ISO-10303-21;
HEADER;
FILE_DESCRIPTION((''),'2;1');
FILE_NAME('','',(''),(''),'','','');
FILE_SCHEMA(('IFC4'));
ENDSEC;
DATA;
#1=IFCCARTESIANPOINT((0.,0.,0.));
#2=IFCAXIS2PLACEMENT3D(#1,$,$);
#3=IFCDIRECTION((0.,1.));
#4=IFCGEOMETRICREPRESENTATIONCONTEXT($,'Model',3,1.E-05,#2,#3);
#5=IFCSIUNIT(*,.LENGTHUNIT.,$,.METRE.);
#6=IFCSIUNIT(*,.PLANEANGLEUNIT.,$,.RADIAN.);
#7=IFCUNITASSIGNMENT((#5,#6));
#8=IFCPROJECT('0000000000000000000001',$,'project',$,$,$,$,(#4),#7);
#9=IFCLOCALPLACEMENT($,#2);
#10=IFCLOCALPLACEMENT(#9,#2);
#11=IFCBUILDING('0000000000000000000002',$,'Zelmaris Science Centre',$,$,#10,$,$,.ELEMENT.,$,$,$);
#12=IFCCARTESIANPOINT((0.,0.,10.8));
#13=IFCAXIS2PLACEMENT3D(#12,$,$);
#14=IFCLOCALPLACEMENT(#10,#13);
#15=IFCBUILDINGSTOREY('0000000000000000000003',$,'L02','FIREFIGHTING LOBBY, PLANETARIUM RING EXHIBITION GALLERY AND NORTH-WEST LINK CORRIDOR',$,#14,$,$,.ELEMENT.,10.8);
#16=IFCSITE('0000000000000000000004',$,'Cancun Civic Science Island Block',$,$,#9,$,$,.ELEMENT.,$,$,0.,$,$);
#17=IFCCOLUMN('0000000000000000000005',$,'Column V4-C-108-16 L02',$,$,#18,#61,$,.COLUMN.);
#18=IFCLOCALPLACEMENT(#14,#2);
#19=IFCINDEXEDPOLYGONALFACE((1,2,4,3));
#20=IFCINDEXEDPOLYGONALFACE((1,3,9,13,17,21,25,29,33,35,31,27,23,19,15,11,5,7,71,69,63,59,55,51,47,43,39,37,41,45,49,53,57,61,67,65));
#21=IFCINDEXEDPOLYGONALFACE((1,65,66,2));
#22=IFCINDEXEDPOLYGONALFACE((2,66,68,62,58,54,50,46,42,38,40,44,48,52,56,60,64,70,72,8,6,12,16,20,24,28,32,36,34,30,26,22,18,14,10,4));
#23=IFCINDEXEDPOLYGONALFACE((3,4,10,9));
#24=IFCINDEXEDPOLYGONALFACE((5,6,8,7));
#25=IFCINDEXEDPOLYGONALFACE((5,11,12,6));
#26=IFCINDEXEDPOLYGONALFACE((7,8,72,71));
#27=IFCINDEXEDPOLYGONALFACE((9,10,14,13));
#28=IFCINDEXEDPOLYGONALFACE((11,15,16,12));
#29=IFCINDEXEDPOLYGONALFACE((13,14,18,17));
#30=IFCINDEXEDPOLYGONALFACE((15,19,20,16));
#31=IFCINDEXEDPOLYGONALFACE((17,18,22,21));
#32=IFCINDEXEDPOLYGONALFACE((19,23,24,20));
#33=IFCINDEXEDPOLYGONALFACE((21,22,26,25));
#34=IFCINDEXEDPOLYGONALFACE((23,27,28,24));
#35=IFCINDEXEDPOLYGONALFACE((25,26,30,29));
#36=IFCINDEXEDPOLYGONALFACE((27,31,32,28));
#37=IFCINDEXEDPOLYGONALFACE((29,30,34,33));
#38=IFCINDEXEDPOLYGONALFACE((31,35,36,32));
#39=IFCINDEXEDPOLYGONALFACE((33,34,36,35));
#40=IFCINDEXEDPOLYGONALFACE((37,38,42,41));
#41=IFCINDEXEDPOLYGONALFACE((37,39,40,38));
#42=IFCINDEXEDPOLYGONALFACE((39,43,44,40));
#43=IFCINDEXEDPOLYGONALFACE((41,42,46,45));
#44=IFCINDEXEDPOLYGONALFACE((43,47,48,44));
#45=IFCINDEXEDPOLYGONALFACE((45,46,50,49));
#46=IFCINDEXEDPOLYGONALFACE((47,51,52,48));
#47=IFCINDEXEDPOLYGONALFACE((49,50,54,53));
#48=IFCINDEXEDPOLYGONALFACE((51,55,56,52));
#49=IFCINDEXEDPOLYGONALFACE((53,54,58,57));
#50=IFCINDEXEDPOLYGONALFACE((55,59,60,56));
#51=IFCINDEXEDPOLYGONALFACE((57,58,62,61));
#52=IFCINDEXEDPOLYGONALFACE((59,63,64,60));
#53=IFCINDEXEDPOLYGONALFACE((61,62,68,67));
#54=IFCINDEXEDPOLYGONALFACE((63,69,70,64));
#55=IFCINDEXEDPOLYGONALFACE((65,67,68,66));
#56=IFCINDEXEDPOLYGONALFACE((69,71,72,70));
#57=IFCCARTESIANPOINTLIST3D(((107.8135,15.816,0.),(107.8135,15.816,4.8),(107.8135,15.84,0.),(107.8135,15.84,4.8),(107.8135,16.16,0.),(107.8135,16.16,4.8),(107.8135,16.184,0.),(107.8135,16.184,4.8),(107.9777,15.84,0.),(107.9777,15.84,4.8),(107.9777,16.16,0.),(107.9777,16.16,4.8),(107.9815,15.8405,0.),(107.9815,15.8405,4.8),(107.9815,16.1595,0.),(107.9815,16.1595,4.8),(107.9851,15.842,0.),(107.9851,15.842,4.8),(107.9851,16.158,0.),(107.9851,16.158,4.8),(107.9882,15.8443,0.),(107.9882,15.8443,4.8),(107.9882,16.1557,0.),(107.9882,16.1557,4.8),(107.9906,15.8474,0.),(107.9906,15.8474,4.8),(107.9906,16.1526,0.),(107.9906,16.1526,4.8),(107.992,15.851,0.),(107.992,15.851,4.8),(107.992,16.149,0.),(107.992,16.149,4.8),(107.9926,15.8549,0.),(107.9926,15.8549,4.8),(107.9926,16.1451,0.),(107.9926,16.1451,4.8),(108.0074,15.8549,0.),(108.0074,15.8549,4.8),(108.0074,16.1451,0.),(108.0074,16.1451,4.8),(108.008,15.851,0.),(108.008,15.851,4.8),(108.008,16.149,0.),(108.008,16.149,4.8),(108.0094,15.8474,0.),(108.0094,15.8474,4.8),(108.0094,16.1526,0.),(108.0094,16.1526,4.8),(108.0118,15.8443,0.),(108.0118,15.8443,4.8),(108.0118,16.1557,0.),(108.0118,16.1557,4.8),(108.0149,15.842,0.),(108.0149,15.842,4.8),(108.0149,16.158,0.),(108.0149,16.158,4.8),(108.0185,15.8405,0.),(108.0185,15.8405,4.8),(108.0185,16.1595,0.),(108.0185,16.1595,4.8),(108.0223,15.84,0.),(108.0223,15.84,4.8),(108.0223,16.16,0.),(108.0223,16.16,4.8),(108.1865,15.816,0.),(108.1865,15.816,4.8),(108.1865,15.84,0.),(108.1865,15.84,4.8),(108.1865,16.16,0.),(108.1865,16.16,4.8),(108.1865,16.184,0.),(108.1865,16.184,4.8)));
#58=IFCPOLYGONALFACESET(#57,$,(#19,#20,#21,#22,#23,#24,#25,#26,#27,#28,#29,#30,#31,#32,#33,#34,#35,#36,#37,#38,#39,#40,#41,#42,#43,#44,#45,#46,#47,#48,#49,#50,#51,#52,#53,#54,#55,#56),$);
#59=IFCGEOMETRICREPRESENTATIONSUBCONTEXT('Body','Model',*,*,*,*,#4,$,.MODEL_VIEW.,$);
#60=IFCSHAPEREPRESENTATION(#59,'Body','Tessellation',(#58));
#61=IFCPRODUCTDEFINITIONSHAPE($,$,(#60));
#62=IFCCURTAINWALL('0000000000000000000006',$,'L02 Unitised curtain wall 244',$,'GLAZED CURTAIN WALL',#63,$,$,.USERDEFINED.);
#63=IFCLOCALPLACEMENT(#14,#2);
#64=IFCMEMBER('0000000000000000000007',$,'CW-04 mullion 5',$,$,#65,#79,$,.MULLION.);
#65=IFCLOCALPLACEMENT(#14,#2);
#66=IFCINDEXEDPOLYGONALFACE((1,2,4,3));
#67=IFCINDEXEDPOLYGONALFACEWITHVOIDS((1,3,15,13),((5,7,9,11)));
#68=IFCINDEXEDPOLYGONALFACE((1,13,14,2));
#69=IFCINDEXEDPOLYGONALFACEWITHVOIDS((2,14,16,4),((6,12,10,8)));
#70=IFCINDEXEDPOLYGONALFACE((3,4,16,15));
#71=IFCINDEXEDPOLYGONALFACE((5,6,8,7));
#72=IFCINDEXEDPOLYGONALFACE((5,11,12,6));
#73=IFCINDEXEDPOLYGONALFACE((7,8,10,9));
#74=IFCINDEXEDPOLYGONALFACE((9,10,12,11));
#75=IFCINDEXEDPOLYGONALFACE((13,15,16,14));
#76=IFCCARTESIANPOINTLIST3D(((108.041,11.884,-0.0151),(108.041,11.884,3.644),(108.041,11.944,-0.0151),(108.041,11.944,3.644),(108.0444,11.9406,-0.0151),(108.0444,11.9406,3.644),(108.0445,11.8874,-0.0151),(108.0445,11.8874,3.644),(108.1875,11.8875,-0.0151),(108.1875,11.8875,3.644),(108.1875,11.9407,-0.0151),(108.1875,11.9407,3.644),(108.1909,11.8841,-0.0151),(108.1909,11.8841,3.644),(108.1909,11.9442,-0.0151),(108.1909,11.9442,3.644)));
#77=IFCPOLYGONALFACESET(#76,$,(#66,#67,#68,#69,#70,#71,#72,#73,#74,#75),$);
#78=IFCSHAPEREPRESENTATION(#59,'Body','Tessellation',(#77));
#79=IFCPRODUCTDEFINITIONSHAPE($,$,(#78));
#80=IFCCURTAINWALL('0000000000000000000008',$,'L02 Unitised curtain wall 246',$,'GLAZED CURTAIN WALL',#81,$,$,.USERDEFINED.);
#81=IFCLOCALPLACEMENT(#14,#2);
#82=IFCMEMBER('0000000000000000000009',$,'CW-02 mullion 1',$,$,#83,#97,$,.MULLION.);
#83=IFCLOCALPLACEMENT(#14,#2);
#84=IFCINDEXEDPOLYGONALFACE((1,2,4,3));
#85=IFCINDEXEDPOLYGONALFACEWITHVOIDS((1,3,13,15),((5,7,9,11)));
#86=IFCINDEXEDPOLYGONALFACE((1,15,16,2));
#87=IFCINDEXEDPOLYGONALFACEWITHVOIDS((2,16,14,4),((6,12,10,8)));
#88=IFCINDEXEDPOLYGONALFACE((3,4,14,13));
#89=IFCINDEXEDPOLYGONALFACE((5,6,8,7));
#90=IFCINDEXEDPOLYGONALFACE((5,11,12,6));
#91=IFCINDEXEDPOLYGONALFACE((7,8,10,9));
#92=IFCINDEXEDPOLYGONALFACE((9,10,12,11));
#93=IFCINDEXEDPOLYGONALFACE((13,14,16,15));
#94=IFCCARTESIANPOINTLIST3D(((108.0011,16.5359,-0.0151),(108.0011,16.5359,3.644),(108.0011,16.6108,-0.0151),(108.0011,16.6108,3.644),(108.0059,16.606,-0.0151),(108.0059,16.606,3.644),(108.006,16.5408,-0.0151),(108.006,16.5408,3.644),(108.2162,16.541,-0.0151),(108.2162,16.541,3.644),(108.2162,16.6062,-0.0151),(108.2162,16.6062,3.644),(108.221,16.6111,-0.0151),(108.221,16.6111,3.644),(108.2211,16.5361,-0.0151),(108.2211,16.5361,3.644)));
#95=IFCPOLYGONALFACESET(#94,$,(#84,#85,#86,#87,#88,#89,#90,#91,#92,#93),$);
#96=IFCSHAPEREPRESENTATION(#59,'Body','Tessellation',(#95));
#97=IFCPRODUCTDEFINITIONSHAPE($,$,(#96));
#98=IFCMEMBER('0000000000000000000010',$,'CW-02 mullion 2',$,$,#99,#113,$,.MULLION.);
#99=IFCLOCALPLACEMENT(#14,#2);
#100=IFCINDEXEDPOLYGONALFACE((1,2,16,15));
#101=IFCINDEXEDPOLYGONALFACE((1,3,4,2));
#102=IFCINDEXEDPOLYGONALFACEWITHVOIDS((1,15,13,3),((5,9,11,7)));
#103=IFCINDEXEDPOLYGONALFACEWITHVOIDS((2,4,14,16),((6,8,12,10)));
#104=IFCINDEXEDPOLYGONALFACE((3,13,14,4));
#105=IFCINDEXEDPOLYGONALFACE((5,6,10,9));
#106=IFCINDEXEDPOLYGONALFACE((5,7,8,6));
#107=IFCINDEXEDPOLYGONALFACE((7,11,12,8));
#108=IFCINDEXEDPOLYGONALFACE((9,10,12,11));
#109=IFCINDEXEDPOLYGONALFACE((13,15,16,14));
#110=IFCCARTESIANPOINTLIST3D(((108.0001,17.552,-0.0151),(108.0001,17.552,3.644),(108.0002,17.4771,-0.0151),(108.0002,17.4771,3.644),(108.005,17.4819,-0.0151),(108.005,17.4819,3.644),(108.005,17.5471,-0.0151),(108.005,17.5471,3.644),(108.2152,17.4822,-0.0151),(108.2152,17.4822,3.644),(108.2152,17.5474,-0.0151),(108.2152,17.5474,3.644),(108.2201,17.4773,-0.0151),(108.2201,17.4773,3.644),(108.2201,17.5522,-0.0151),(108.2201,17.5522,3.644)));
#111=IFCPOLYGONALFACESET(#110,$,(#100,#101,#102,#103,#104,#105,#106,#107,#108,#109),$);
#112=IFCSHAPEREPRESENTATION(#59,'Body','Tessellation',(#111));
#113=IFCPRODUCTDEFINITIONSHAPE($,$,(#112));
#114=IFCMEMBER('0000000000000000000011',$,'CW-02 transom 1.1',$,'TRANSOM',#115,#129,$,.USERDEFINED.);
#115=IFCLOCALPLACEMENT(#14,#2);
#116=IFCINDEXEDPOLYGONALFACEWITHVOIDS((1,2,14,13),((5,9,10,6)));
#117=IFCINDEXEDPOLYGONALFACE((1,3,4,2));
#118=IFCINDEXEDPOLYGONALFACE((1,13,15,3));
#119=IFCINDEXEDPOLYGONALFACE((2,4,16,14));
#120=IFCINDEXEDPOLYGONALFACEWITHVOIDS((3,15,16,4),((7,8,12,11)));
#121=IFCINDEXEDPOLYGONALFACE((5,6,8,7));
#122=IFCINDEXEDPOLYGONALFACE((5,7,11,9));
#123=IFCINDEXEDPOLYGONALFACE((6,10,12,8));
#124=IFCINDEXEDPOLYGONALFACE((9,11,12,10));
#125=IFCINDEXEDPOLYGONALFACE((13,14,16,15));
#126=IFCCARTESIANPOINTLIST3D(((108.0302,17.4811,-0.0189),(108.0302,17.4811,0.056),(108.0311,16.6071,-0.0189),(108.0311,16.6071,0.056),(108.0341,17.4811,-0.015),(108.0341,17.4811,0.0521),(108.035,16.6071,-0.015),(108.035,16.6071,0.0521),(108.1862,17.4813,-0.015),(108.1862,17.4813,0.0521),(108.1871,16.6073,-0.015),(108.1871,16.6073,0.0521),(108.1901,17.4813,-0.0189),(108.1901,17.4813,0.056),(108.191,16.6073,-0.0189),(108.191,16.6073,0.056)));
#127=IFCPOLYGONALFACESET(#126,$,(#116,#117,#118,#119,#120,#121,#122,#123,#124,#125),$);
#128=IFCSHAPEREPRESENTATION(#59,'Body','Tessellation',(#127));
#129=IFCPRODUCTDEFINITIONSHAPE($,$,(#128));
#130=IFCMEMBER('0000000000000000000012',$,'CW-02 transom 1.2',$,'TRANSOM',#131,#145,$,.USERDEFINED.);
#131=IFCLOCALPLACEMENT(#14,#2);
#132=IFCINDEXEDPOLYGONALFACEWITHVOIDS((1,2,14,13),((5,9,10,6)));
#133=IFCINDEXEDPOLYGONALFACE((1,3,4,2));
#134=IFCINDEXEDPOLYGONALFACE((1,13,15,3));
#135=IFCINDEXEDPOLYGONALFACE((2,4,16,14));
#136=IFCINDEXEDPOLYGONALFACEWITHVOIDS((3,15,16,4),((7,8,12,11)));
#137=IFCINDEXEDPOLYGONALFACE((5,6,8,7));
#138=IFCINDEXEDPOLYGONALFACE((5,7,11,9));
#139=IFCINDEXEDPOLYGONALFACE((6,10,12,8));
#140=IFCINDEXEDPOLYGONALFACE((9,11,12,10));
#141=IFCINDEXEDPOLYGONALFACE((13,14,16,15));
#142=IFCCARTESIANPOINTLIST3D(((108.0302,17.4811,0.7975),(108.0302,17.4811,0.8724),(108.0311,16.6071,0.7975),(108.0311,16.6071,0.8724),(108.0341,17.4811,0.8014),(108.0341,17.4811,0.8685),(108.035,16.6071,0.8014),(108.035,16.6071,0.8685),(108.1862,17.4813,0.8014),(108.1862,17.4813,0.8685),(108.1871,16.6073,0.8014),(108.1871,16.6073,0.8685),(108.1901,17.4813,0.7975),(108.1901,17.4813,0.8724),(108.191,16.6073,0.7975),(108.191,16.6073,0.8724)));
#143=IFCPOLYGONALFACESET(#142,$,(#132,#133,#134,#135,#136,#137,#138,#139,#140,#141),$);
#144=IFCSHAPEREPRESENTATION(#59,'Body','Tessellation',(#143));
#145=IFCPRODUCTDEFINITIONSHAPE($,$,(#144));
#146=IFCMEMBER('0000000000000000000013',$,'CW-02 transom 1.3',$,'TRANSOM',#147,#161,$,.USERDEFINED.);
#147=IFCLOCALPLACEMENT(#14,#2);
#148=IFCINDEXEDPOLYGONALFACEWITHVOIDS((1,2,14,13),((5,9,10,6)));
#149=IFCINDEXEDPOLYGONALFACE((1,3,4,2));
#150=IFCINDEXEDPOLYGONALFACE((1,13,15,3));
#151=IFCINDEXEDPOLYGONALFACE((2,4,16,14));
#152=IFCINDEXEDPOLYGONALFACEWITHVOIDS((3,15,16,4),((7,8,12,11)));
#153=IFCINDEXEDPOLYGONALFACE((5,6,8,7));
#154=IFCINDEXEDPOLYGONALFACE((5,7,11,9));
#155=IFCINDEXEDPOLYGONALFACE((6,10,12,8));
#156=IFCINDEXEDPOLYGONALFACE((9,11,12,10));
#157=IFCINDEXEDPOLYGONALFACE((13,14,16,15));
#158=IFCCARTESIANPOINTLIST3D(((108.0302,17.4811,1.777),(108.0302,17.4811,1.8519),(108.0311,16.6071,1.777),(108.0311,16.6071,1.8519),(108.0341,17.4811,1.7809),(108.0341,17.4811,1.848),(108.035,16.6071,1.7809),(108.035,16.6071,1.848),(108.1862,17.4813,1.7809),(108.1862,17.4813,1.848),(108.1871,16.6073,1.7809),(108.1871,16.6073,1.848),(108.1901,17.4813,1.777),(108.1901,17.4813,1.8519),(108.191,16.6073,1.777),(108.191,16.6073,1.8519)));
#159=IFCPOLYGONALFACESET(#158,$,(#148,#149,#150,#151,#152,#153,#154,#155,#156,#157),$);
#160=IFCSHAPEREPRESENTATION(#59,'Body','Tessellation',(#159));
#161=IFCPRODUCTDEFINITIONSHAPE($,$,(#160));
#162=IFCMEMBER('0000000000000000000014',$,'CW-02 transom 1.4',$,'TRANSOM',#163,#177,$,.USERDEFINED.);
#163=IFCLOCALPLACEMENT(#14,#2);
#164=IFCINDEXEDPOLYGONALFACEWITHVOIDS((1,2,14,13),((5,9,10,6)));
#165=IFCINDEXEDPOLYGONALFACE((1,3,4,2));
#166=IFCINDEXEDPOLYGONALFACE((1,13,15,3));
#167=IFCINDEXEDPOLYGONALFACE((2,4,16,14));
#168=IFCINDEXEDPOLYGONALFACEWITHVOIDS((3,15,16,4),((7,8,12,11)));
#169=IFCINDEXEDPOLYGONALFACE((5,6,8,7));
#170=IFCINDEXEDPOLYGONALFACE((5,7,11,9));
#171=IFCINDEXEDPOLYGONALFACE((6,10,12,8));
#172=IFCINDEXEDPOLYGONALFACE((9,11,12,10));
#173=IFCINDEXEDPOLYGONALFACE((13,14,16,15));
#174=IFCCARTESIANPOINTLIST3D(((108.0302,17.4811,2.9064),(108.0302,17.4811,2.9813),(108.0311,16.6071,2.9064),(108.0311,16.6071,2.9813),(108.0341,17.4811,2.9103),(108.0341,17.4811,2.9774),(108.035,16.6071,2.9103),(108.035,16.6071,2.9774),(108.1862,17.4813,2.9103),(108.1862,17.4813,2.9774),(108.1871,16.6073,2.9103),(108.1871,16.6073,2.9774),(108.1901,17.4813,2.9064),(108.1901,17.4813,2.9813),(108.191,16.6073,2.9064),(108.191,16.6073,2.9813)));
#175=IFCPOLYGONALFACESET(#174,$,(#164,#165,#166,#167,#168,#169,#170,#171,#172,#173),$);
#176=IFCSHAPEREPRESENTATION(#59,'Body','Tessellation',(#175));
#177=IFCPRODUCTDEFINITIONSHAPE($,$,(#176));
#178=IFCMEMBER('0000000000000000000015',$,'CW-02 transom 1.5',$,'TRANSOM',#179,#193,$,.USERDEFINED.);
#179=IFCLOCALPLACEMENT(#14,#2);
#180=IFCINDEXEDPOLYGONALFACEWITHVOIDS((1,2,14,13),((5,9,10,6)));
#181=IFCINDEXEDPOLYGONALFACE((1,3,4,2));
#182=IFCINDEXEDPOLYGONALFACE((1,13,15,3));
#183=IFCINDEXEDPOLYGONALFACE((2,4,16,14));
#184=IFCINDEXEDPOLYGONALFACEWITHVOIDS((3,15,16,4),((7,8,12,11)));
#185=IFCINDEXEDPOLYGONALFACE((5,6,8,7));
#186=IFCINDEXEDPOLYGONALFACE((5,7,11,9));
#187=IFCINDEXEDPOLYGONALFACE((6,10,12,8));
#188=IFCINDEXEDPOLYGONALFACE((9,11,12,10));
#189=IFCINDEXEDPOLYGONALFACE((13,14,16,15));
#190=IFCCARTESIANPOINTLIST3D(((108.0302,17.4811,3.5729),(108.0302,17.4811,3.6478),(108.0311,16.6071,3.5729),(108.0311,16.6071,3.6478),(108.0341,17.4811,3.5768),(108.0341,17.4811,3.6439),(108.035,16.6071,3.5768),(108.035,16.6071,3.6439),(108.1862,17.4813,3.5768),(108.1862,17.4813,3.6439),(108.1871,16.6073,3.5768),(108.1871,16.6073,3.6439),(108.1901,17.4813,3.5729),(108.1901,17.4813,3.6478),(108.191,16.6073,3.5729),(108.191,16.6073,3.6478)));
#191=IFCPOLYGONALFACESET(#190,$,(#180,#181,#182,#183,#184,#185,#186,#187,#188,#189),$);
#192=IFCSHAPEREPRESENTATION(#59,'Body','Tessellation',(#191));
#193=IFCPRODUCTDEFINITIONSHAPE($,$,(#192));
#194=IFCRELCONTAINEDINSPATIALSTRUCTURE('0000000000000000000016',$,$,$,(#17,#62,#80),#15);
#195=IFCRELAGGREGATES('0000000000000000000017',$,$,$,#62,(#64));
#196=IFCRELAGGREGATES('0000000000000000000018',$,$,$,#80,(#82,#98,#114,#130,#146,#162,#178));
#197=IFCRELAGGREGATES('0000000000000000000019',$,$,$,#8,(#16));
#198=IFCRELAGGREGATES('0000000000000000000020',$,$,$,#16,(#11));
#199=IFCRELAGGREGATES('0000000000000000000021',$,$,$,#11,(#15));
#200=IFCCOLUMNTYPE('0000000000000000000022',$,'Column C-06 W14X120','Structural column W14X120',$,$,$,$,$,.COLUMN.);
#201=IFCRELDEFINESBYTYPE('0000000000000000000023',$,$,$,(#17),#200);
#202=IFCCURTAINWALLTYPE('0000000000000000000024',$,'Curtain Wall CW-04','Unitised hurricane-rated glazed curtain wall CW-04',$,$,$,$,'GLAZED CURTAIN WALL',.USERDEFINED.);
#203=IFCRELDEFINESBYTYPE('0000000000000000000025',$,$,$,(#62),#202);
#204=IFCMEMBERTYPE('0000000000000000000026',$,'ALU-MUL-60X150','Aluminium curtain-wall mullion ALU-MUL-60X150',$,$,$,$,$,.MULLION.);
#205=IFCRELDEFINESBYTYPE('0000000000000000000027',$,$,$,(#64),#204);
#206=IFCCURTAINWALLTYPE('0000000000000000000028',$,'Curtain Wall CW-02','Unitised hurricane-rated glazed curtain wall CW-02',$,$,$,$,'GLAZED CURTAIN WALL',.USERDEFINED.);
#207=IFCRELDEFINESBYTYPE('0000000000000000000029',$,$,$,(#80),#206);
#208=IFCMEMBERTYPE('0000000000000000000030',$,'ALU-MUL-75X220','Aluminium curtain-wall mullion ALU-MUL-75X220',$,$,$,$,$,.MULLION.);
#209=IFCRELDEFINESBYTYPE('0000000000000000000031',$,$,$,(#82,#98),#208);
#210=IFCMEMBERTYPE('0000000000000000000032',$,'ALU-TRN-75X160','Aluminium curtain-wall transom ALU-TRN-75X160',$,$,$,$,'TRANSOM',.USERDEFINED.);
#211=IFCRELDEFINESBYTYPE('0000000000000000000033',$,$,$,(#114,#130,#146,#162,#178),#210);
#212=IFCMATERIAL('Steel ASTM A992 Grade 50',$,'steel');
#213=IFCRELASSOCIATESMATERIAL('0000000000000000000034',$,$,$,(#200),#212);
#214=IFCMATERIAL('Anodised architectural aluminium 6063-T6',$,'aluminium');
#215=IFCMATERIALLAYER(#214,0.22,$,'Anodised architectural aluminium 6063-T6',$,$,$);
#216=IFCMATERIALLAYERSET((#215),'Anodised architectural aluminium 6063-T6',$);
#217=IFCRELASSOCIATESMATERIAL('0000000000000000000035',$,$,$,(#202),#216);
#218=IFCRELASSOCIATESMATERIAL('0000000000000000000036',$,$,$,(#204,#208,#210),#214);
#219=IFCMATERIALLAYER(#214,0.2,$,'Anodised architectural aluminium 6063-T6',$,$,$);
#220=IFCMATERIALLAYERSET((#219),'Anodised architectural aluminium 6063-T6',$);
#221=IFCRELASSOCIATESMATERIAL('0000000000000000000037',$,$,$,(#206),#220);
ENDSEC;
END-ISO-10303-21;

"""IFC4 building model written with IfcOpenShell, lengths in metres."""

from ifc_helpers import new_model, si_unit, direction, frame, origin, origin_2d, place, context, subcontext, project, spatial, hollow_rectangle, i_section, extrude, material, layer, layer_set, material_profile, profile_set, type_object, element, aggregate, save


model = new_model("IFC4")

# Units and contexts
model_context = context("Model", 3, precision=1e-05, world=origin(), true_north=direction((0.0, 1.0)))
body_context = subcontext(model_context, "Body", "Model", "MODEL_VIEW")
ifc_project = project(units=[si_unit("LENGTHUNIT", "METRE"), si_unit("PLANEANGLEUNIT", "RADIAN")], contexts=[model_context])

# Site, building, storey
site_placement = place(None, origin())
site = spatial("IfcSite", under=ifc_project, at=site_placement, Name="Cancun Civic Science Island Block", CompositionType="ELEMENT", RefElevation=0.0)
building_placement = place(site_placement, origin())
building = spatial("IfcBuilding", under=site, at=building_placement, Name="Zelmaris Science Centre", CompositionType="ELEMENT")
storey_placement = place(building_placement, frame((0.0, 0.0, 10.8)))
storey = spatial("IfcBuildingStorey", under=building, at=storey_placement, Name="L02", Description="FIREFIGHTING LOBBY, PLANETARIUM RING EXHIBITION GALLERY AND NORTH-WEST LINK CORRIDOR", CompositionType="ELEMENT", Elevation=10.8)

# Column
ifc_material_1 = material(Name="Steel ASTM A992 Grade 50", Category="steel")
ifc_material_profile_1 = material_profile(ifc_material_1, i_section(OverallWidth=0.373, OverallDepth=0.3679, WebThickness=0.0149, FlangeThickness=0.0239, FilletRadius=0.0149, at=origin_2d()), Name="W14X120")
ifc_profile_set_1 = profile_set([ifc_material_profile_1], Name="Steel ASTM A992 Grade 50")
column_type = type_object("IfcColumnType", Name="Column C-06 W14X120", Description="Structural column W14X120", PredefinedType="COLUMN", material=ifc_profile_set_1)
column_placement = place(storey_placement, frame((108.0, 16.0, 0.0), z_axis=(0.0, 0.0, 1.0), x_axis=(1.0, 0.0, 0.0)))
element("IfcColumn", 1, at=column_placement, inside=storey, type_object=column_type, Name="Column V4-C-108-16 L02", PredefinedType="COLUMN", context=body_context, shape_type="SweptSolid", body=[
    extrude(i_section(OverallWidth=0.373, OverallDepth=0.3679, WebThickness=0.0149, FlangeThickness=0.0239, FilletRadius=0.0149, at=origin_2d()), origin(), (0.0, 0.0, 1.0), 4.8),
])

# Curtain wall, member
ifc_material_2 = material(Name="Anodised architectural aluminium 6063-T6", Category="aluminium")
ifc_layer_1 = layer(ifc_material_2, 0.22, Name="Anodised architectural aluminium 6063-T6")
ifc_layer_set_1 = layer_set([ifc_layer_1], Name="Anodised architectural aluminium 6063-T6")
curtain_wall_type_1 = type_object("IfcCurtainWallType", Name="Curtain Wall CW-04", Description="Unitised hurricane-rated glazed curtain wall CW-04", ElementType="GLAZED CURTAIN WALL", PredefinedType="USERDEFINED", material=ifc_layer_set_1)
curtain_wall_1_placement = place(storey_placement, origin())
curtain_wall_1 = element("IfcCurtainWall", 2, at=curtain_wall_1_placement, inside=storey, type_object=curtain_wall_type_1, Name="L02 Unitised curtain wall 244", ObjectType="GLAZED CURTAIN WALL", PredefinedType="USERDEFINED")
ifc_material_profile_2 = material_profile(ifc_material_2, hollow_rectangle(XDim=0.0601, YDim=0.1499, WallThickness=0.0034, at=origin_2d()), Name="ALU-MUL-60X150")
ifc_profile_set_2 = profile_set([ifc_material_profile_2], Name="Anodised architectural aluminium 6063-T6")
member_type_1 = type_object("IfcMemberType", Name="ALU-MUL-60X150", Description="Aluminium curtain-wall mullion ALU-MUL-60X150", PredefinedType="MULLION", material=ifc_profile_set_2)
member_1_placement = place(storey_placement, frame((108.116, 11.9141, -0.0151), z_axis=(0.0, 0.0, 1.0), x_axis=(-0.001054, 0.999999, 0.0)))
member_1 = element("IfcMember", 3, at=member_1_placement, type_object=member_type_1, Name="CW-04 mullion 5", PredefinedType="MULLION", context=body_context, shape_type="SweptSolid", body=[
    extrude(hollow_rectangle(XDim=0.0601, YDim=0.1499, WallThickness=0.0034, at=origin_2d()), origin(), (0.0, 0.0, 1.0), 3.6592),
])
aggregate(curtain_wall_1, [member_1])

# Curtain wall, members
ifc_layer_2 = layer(ifc_material_2, 0.2, Name="Anodised architectural aluminium 6063-T6")
ifc_layer_set_2 = layer_set([ifc_layer_2], Name="Anodised architectural aluminium 6063-T6")
curtain_wall_type_2 = type_object("IfcCurtainWallType", Name="Curtain Wall CW-02", Description="Unitised hurricane-rated glazed curtain wall CW-02", ElementType="GLAZED CURTAIN WALL", PredefinedType="USERDEFINED", material=ifc_layer_set_2)
curtain_wall_2_placement = place(storey_placement, origin())
curtain_wall_2 = element("IfcCurtainWall", 4, at=curtain_wall_2_placement, inside=storey, type_object=curtain_wall_type_2, Name="L02 Unitised curtain wall 246", ObjectType="GLAZED CURTAIN WALL", PredefinedType="USERDEFINED")
ifc_material_profile_3 = material_profile(ifc_material_2, hollow_rectangle(XDim=0.075, YDim=0.22, WallThickness=0.0049, at=origin_2d()), Name="ALU-MUL-75X220")
ifc_profile_set_3 = profile_set([ifc_material_profile_3], Name="Anodised architectural aluminium 6063-T6")
member_type_2 = type_object("IfcMemberType", Name="ALU-MUL-75X220", Description="Aluminium curtain-wall mullion ALU-MUL-75X220", PredefinedType="MULLION", material=ifc_profile_set_3)
member_2_placement = place(storey_placement, frame((108.1111, 16.5735, -0.0151), z_axis=(0.0, 0.0, 1.0), x_axis=(-0.001054, 0.999999, 0.0)))
member_2 = element("IfcMember", 5, at=member_2_placement, type_object=member_type_2, Name="CW-02 mullion 1", PredefinedType="MULLION", context=body_context, shape_type="SweptSolid", body=[
    extrude(hollow_rectangle(XDim=0.075, YDim=0.22, WallThickness=0.0049, at=origin_2d()), origin(), (0.0, 0.0, 1.0), 3.6592),
])
member_3_placement = place(storey_placement, frame((108.1101, 17.5146, -0.0151), z_axis=(0.0, 0.0, 1.0), x_axis=(-0.001054, 0.999999, 0.0)))
member_3 = element("IfcMember", 6, at=member_3_placement, type_object=member_type_2, Name="CW-02 mullion 2", PredefinedType="MULLION", context=body_context, shape_type="SweptSolid", body=[
    extrude(hollow_rectangle(XDim=0.075, YDim=0.22, WallThickness=0.0049, at=origin_2d()), origin(), (0.0, 0.0, 1.0), 3.6592),
])
ifc_material_profile_4 = material_profile(ifc_material_2, hollow_rectangle(XDim=0.075, YDim=0.1599, WallThickness=0.0039, at=origin_2d()), Name="ALU-TRN-75X160")
ifc_profile_set_4 = profile_set([ifc_material_profile_4], Name="Anodised architectural aluminium 6063-T6")
member_type_3 = type_object("IfcMemberType", Name="ALU-TRN-75X160", Description="Aluminium curtain-wall transom ALU-TRN-75X160", ElementType="TRANSOM", PredefinedType="USERDEFINED", material=ifc_profile_set_4)
member_4_placement = place(storey_placement, frame((108.1111, 16.6072, 0.0186), z_axis=(-0.001117, 0.999999, 0.0), x_axis=(0.0, 0.0, 1.0)))
member_4 = element("IfcMember", 7, at=member_4_placement, type_object=member_type_3, Name="CW-02 transom 1.1", ObjectType="TRANSOM", PredefinedType="USERDEFINED", context=body_context, shape_type="SweptSolid", body=[
    extrude(hollow_rectangle(XDim=0.075, YDim=0.1599, WallThickness=0.0039, at=origin_2d()), origin(), (0.0, 0.0, 1.0), 0.874),
])
member_5_placement = place(storey_placement, frame((108.1111, 16.6072, 0.835), z_axis=(-0.001117, 0.999999, 0.0), x_axis=(0.0, 0.0, 1.0)))
member_5 = element("IfcMember", 8, at=member_5_placement, type_object=member_type_3, Name="CW-02 transom 1.2", ObjectType="TRANSOM", PredefinedType="USERDEFINED", context=body_context, shape_type="SweptSolid", body=[
    extrude(hollow_rectangle(XDim=0.075, YDim=0.1599, WallThickness=0.0039, at=origin_2d()), origin(), (0.0, 0.0, 1.0), 0.874),
])
member_6_placement = place(storey_placement, frame((108.1111, 16.6072, 1.8145), z_axis=(-0.001117, 0.999999, 0.0), x_axis=(0.0, 0.0, 1.0)))
member_6 = element("IfcMember", 9, at=member_6_placement, type_object=member_type_3, Name="CW-02 transom 1.3", ObjectType="TRANSOM", PredefinedType="USERDEFINED", context=body_context, shape_type="SweptSolid", body=[
    extrude(hollow_rectangle(XDim=0.075, YDim=0.1599, WallThickness=0.0039, at=origin_2d()), origin(), (0.0, 0.0, 1.0), 0.874),
])
member_7_placement = place(storey_placement, frame((108.1111, 16.6072, 2.9438), z_axis=(-0.001117, 0.999999, 0.0), x_axis=(0.0, 0.0, 1.0)))
member_7 = element("IfcMember", 10, at=member_7_placement, type_object=member_type_3, Name="CW-02 transom 1.4", ObjectType="TRANSOM", PredefinedType="USERDEFINED", context=body_context, shape_type="SweptSolid", body=[
    extrude(hollow_rectangle(XDim=0.075, YDim=0.1599, WallThickness=0.0039, at=origin_2d()), origin(), (0.0, 0.0, 1.0), 0.874),
])
member_8_placement = place(storey_placement, frame((108.1111, 16.6072, 3.6104), z_axis=(-0.001117, 0.999999, 0.0), x_axis=(0.0, 0.0, 1.0)))
member_8 = element("IfcMember", 11, at=member_8_placement, type_object=member_type_3, Name="CW-02 transom 1.5", ObjectType="TRANSOM", PredefinedType="USERDEFINED", context=body_context, shape_type="SweptSolid", body=[
    extrude(hollow_rectangle(XDim=0.075, YDim=0.1599, WallThickness=0.0039, at=origin_2d()), origin(), (0.0, 0.0, 1.0), 0.874),
])

aggregate(curtain_wall_2, [member_2, member_3, member_4, member_5, member_6, member_7, member_8])

save(model, "model.ifc")
